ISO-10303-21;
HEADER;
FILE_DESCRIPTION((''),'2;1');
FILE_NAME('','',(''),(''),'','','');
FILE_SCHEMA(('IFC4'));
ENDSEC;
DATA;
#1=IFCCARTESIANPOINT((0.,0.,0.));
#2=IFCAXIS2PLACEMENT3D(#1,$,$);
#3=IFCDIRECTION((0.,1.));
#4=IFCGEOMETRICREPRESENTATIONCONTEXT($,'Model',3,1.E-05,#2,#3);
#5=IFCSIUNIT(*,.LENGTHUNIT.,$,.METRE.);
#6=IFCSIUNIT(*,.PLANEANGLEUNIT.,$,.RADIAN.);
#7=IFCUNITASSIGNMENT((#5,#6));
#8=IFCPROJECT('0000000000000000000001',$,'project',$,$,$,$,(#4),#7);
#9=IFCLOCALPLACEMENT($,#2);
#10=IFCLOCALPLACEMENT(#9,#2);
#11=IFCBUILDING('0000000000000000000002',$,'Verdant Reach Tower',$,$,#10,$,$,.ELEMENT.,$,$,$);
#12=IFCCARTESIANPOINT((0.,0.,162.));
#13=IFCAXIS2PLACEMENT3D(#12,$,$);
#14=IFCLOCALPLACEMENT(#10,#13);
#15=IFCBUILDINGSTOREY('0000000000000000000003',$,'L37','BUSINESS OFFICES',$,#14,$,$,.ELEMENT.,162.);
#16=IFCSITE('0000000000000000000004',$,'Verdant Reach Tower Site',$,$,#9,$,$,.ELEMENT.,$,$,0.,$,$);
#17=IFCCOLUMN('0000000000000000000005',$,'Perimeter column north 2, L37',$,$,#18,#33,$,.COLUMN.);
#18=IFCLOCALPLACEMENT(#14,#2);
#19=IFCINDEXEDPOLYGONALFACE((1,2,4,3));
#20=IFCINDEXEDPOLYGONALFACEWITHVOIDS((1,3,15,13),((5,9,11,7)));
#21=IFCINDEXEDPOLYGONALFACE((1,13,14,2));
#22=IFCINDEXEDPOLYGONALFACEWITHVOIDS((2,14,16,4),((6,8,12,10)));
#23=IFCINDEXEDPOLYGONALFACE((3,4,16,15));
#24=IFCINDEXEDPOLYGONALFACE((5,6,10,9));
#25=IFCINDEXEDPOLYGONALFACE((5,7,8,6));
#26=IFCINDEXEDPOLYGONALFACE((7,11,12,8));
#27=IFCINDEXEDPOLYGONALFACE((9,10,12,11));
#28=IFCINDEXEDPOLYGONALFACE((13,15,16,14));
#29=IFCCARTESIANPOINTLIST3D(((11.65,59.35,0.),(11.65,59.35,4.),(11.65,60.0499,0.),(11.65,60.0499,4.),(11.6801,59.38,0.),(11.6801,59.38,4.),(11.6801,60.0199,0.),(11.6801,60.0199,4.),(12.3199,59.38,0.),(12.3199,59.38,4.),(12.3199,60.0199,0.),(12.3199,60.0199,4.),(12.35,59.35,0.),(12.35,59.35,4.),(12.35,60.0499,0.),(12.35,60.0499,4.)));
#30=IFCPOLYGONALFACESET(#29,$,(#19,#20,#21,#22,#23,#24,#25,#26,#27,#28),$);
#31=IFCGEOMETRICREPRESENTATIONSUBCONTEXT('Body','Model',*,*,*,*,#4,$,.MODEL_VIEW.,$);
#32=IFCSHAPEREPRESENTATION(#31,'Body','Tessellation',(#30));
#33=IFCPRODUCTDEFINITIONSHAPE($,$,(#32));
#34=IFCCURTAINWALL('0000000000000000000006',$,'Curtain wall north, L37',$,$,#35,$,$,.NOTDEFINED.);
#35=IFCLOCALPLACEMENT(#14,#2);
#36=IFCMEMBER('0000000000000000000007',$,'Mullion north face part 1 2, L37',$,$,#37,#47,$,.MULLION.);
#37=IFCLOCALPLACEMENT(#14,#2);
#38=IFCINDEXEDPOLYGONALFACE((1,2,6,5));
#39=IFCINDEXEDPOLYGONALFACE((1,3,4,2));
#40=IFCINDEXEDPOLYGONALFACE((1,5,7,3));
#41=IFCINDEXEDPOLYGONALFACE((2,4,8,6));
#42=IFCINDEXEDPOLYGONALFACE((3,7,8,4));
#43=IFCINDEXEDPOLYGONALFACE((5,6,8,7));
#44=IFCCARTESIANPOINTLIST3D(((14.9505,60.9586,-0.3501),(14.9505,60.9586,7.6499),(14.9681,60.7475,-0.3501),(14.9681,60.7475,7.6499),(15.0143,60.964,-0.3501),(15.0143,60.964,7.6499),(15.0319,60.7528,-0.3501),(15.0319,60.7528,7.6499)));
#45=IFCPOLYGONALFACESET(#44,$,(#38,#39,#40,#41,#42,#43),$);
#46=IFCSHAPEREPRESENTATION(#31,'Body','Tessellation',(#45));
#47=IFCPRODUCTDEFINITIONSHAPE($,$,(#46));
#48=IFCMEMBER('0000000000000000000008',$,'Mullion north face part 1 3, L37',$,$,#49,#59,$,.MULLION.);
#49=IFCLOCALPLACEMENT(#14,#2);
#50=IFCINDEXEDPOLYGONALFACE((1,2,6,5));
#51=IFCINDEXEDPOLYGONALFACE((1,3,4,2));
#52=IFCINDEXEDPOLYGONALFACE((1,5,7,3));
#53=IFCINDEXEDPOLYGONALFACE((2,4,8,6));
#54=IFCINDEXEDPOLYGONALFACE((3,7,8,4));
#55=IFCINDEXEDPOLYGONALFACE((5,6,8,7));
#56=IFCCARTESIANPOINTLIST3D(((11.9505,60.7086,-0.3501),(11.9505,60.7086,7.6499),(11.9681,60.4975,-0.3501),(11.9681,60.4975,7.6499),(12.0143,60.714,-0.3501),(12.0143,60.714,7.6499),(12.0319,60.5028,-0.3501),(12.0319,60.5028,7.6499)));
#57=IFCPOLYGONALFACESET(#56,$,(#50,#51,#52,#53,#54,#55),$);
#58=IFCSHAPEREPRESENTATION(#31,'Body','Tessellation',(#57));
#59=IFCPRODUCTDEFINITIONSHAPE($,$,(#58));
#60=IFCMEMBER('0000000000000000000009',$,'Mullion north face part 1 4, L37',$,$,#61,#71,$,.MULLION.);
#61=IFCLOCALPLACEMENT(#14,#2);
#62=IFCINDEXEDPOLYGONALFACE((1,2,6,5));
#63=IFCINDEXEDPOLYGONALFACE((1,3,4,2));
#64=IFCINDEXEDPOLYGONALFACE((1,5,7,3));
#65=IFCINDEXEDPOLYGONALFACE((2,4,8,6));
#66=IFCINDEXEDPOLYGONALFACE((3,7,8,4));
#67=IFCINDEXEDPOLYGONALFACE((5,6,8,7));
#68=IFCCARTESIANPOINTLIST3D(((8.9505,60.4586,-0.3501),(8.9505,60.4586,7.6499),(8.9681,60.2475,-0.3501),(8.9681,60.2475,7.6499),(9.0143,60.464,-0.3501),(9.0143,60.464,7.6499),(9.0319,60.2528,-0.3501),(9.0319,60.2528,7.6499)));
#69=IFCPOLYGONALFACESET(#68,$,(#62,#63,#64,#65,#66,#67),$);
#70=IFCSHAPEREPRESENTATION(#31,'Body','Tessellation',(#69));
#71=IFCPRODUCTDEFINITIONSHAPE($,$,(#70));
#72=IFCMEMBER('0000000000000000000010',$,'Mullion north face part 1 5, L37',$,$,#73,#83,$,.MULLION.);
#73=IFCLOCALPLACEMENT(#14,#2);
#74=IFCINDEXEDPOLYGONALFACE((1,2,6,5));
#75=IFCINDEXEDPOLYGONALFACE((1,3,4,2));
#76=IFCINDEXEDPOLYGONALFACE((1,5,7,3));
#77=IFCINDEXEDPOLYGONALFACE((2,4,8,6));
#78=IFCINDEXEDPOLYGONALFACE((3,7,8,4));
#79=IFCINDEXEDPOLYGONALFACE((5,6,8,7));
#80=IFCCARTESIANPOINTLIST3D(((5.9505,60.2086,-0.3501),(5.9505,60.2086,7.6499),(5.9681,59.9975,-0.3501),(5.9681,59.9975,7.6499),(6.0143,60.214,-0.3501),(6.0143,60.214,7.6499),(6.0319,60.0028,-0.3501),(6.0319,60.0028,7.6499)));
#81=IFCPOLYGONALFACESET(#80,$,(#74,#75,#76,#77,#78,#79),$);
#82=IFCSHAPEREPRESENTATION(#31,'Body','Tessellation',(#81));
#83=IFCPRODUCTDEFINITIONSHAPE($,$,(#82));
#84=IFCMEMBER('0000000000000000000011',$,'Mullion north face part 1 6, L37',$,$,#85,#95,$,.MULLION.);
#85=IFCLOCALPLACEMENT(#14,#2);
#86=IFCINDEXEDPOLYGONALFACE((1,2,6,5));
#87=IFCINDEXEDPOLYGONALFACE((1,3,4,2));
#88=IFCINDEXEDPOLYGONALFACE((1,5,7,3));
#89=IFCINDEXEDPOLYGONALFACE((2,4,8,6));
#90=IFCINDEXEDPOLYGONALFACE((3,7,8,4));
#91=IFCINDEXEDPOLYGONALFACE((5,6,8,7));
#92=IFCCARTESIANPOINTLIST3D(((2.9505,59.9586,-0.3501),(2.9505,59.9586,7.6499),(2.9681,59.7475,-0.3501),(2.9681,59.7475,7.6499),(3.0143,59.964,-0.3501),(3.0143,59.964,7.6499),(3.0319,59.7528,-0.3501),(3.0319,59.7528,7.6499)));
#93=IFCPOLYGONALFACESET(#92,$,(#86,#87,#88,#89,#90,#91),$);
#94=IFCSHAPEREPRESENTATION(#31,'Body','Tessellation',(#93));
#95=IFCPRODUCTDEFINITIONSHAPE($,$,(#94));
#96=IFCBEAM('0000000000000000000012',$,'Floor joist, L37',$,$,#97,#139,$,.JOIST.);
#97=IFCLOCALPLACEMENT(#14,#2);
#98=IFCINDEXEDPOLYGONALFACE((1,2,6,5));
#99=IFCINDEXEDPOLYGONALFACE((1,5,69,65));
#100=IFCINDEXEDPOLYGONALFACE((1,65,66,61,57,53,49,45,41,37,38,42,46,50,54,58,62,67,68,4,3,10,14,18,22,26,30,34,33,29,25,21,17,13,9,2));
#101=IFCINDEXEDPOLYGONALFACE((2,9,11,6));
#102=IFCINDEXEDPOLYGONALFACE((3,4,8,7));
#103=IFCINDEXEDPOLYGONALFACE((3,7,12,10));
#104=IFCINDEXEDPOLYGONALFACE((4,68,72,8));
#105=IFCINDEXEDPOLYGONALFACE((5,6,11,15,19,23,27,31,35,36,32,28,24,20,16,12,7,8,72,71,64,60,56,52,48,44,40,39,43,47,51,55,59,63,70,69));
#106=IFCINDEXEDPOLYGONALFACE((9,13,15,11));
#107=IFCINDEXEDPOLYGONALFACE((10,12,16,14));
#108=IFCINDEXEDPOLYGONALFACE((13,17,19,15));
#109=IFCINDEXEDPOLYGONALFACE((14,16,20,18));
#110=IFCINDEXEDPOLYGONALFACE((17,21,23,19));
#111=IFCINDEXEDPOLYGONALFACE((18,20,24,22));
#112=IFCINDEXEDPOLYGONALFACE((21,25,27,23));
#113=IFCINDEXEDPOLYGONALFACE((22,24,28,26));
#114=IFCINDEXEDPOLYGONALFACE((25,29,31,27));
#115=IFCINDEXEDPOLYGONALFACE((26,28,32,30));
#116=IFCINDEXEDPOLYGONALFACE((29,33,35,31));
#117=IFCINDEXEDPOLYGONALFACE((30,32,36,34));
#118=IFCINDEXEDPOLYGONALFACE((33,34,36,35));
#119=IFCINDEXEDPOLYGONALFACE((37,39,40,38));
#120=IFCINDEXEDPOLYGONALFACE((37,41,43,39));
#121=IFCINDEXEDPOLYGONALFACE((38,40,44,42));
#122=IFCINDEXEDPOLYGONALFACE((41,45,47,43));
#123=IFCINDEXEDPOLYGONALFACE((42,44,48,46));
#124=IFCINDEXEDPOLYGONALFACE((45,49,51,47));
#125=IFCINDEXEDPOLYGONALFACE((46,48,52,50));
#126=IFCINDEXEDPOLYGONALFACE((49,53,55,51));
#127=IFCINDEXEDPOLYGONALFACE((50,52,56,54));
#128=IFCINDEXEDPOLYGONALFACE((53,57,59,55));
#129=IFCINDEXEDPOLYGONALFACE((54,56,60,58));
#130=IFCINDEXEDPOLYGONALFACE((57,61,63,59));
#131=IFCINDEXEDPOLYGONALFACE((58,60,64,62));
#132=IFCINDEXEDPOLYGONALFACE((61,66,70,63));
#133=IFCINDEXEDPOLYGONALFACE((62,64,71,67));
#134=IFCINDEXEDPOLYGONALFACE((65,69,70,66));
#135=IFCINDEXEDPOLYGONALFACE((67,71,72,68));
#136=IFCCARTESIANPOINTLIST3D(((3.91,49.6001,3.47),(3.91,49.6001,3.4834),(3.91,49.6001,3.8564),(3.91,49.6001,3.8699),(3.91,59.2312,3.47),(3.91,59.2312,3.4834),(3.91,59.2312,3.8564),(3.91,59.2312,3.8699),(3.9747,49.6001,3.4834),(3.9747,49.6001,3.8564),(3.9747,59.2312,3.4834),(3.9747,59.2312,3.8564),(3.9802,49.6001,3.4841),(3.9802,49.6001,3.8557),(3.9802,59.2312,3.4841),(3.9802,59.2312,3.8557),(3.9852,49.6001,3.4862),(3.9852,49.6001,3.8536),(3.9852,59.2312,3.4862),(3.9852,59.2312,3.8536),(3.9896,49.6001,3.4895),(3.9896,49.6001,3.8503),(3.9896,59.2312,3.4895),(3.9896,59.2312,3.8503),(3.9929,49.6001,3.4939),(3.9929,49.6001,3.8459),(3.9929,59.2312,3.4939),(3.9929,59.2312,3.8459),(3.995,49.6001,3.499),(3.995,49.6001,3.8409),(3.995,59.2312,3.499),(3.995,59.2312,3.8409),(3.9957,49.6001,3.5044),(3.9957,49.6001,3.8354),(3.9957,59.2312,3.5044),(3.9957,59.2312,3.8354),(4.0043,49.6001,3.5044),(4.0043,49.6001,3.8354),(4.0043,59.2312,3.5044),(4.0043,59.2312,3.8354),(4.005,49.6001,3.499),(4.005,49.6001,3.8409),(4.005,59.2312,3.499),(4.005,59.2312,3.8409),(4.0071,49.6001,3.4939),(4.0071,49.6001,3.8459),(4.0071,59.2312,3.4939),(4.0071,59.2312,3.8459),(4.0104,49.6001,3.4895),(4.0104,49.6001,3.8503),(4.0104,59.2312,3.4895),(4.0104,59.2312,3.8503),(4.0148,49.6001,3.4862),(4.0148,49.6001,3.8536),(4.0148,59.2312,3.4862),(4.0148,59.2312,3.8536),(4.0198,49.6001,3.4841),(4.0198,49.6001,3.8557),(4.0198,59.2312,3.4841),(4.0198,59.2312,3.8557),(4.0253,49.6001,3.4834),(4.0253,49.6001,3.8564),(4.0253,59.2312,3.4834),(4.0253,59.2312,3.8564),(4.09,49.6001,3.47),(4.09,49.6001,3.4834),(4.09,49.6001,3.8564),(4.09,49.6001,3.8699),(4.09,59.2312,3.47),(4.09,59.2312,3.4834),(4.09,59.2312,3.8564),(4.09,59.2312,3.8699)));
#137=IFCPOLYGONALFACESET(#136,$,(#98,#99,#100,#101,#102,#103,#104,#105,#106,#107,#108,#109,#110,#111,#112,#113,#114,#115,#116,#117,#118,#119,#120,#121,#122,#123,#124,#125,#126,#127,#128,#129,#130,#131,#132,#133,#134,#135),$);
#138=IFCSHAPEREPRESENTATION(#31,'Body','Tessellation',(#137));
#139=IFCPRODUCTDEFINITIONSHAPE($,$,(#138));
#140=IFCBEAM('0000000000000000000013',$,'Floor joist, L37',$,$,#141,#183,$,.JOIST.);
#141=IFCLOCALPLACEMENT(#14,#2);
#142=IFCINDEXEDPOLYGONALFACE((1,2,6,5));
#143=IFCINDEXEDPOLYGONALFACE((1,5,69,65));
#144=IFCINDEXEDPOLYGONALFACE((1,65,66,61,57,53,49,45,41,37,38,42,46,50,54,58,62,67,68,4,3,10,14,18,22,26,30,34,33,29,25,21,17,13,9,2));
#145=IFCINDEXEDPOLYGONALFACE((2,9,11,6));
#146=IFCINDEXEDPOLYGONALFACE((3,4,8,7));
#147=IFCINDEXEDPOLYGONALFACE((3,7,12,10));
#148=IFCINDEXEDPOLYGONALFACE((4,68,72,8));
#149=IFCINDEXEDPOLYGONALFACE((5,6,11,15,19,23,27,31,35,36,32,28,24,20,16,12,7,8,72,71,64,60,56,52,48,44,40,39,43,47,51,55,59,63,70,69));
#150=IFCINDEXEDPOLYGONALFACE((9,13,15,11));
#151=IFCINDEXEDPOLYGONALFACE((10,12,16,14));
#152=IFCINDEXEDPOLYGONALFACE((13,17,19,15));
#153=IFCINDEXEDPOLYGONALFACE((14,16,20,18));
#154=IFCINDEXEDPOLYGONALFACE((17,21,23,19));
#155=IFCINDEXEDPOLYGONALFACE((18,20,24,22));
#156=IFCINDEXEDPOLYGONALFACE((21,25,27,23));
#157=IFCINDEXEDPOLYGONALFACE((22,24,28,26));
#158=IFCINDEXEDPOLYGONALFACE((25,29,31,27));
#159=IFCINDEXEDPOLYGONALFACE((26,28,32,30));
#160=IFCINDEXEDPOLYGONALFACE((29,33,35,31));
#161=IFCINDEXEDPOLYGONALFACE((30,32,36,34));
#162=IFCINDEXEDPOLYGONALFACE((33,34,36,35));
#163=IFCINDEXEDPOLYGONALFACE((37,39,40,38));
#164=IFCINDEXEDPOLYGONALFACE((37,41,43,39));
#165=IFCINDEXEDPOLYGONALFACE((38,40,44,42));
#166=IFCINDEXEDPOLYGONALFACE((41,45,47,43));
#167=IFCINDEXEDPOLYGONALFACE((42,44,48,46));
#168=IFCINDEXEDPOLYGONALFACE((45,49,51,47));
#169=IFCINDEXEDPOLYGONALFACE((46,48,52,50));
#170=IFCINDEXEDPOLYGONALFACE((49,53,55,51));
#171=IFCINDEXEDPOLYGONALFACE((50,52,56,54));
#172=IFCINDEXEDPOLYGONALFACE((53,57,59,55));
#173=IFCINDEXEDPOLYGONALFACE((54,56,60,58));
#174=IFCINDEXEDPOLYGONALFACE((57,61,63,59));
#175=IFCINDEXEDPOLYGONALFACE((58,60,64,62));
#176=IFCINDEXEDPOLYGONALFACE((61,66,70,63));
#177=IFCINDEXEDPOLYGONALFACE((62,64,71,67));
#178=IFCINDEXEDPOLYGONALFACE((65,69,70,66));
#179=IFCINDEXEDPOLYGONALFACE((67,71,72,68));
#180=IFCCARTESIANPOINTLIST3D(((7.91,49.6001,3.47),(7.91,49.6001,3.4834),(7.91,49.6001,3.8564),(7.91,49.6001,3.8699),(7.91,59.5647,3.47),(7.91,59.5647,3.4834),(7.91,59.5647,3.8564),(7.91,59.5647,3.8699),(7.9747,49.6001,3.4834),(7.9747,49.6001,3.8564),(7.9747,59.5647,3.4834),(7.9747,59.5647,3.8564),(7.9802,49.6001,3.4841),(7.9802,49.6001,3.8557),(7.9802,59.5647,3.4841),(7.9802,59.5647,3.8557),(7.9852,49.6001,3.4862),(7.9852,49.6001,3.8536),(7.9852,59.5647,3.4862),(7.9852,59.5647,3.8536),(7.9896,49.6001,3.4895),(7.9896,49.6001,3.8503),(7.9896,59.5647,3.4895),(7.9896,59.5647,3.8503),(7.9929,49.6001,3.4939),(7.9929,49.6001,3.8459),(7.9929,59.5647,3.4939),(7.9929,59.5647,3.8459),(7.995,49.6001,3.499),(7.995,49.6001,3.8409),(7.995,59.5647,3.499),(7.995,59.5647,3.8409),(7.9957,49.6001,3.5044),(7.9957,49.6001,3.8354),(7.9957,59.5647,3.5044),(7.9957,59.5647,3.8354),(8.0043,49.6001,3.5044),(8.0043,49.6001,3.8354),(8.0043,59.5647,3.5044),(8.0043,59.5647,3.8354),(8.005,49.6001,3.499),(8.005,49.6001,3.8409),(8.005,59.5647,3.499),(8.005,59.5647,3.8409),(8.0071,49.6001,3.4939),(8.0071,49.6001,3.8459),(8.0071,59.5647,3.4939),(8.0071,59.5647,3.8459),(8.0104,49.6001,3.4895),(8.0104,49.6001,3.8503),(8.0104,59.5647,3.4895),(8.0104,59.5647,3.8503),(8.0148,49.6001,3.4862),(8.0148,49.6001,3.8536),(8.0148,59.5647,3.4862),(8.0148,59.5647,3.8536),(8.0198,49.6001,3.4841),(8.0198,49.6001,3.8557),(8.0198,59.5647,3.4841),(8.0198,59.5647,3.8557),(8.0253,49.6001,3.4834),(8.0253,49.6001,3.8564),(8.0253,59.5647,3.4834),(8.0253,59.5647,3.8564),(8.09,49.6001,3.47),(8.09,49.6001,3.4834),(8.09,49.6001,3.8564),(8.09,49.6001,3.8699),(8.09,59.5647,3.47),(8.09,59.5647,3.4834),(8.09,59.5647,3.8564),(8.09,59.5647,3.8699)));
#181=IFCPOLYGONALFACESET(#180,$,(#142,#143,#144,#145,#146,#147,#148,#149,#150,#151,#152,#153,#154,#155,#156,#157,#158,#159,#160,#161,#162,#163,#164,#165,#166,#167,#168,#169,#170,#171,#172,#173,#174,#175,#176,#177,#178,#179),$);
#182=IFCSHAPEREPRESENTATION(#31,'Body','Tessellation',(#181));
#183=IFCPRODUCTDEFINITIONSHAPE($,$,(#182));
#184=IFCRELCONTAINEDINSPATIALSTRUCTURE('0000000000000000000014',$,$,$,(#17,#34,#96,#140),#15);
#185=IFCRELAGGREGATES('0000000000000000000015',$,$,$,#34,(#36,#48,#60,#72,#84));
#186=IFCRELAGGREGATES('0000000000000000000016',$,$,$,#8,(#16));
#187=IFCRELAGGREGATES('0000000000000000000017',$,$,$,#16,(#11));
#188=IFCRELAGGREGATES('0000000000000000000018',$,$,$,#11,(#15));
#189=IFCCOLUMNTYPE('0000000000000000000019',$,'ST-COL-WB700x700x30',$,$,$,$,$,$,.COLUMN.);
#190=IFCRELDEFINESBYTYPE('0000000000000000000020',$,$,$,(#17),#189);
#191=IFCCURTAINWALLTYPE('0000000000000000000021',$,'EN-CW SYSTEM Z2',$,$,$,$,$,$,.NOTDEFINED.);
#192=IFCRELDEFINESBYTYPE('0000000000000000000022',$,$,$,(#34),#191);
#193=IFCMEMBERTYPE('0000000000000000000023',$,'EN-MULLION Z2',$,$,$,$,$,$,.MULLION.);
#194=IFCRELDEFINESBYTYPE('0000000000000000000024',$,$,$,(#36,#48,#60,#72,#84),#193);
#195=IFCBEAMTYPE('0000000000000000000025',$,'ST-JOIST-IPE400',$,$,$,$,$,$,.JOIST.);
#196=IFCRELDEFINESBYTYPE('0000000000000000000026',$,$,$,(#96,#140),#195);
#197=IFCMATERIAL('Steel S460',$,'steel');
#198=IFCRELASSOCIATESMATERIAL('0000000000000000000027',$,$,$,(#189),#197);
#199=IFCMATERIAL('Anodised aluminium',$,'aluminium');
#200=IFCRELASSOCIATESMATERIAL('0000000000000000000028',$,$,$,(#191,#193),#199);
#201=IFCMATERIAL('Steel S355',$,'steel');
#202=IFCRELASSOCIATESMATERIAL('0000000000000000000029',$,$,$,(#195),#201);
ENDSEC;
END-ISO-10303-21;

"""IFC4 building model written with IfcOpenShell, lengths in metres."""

from ifc_helpers import new_model, si_unit, direction, frame, origin, origin_2d, place, context, subcontext, project, spatial, rectangle, hollow_rectangle, i_section, extrude, material, material_profile, profile_set, type_object, element, aggregate, save


model = new_model("IFC4")

# Units and contexts
model_context = context("Model", 3, precision=1e-05, world=origin(), true_north=direction((0.0, 1.0)))
body_context = subcontext(model_context, "Body", "Model", "MODEL_VIEW")
ifc_project = project(units=[si_unit("LENGTHUNIT", "METRE"), si_unit("PLANEANGLEUNIT", "RADIAN")], contexts=[model_context])

# Site, building, storey
site_placement = place(None, origin())
site = spatial("IfcSite", under=ifc_project, at=site_placement, Name="Verdant Reach Tower Site", CompositionType="ELEMENT", RefElevation=0.0)
building_placement = place(site_placement, origin())
building = spatial("IfcBuilding", under=site, at=building_placement, Name="Verdant Reach Tower", CompositionType="ELEMENT")
storey_placement = place(building_placement, frame((0.0, 0.0, 162.0)))
storey = spatial("IfcBuildingStorey", under=building, at=storey_placement, Name="L37", Description="BUSINESS OFFICES", CompositionType="ELEMENT", Elevation=162.0)

# Column
ifc_material_1 = material(Name="Steel S460", Category="steel")
ifc_material_profile_1 = material_profile(ifc_material_1, hollow_rectangle(XDim=0.7, YDim=0.7, WallThickness=0.03, at=origin_2d()), Name="WB 700x700x30")
ifc_profile_set_1 = profile_set([ifc_material_profile_1], Name="Steel S460")
column_type = type_object("IfcColumnType", Name="ST-COL-WB700x700x30", PredefinedType="COLUMN", material=ifc_profile_set_1)
column_placement = place(storey_placement, frame((12.0, 59.7, 0.0), z_axis=(0.0, 0.0, 1.0), x_axis=(1.0, 0.0, 0.0)))
element("IfcColumn", 1, at=column_placement, inside=storey, type_object=column_type, Name="Perimeter column north 2, L37", PredefinedType="COLUMN", context=body_context, shape_type="SweptSolid", body=[
    extrude(hollow_rectangle(XDim=0.7, YDim=0.7, WallThickness=0.03, at=origin_2d()), origin(), (0.0, 0.0, 1.0), 4.0),
])

# Curtain wall, members
ifc_material_2 = material(Name="Anodised aluminium", Category="aluminium")
curtain_wall_type = type_object("IfcCurtainWallType", Name="EN-CW SYSTEM Z2", PredefinedType="NOTDEFINED", material=ifc_material_2)
curtain_wall_placement = place(storey_placement, origin())
curtain_wall = element("IfcCurtainWall", 2, at=curtain_wall_placement, inside=storey, type_object=curtain_wall_type, Name="Curtain wall north, L37", PredefinedType="NOTDEFINED")
ifc_material_profile_2 = material_profile(ifc_material_2, rectangle(XDim=0.2119, YDim=0.064, at=origin_2d()), Name="Mullion 64x212")
ifc_profile_set_2 = profile_set([ifc_material_profile_2], Name="Anodised aluminium")
member_type = type_object("IfcMemberType", Name="EN-MULLION Z2", PredefinedType="MULLION", material=ifc_profile_set_2)
member_1_placement = place(storey_placement, frame((14.9912, 60.8557, -0.3501), z_axis=(0.0, 0.0, 1.0), x_axis=(-0.083045, 0.996546, 0.0)))
member_1 = element("IfcMember", 3, at=member_1_placement, type_object=member_type, Name="Mullion north face part 1 2, L37", PredefinedType="MULLION", context=body_context, shape_type="SweptSolid", body=[
    extrude(rectangle(XDim=0.2119, YDim=0.064, at=origin_2d()), origin(), (0.0, 0.0, 1.0), 8.0),
])
member_2_placement = place(storey_placement, frame((11.9912, 60.6057, -0.3501), z_axis=(0.0, 0.0, 1.0), x_axis=(-0.083045, 0.996546, 0.0)))
member_2 = element("IfcMember", 4, at=member_2_placement, type_object=member_type, Name="Mullion north face part 1 3, L37", PredefinedType="MULLION", context=body_context, shape_type="SweptSolid", body=[
    extrude(rectangle(XDim=0.2119, YDim=0.064, at=origin_2d()), origin(), (0.0, 0.0, 1.0), 8.0),
])
member_3_placement = place(storey_placement, frame((8.9912, 60.3557, -0.3501), z_axis=(0.0, 0.0, 1.0), x_axis=(-0.083045, 0.996546, 0.0)))
member_3 = element("IfcMember", 5, at=member_3_placement, type_object=member_type, Name="Mullion north face part 1 4, L37", PredefinedType="MULLION", context=body_context, shape_type="SweptSolid", body=[
    extrude(rectangle(XDim=0.2119, YDim=0.064, at=origin_2d()), origin(), (0.0, 0.0, 1.0), 8.0),
])
member_4_placement = place(storey_placement, frame((5.9912, 60.1057, -0.3501), z_axis=(0.0, 0.0, 1.0), x_axis=(-0.083045, 0.996546, 0.0)))
member_4 = element("IfcMember", 6, at=member_4_placement, type_object=member_type, Name="Mullion north face part 1 5, L37", PredefinedType="MULLION", context=body_context, shape_type="SweptSolid", body=[
    extrude(rectangle(XDim=0.2119, YDim=0.064, at=origin_2d()), origin(), (0.0, 0.0, 1.0), 8.0),
])
member_5_placement = place(storey_placement, frame((2.9912, 59.8557, -0.3501), z_axis=(0.0, 0.0, 1.0), x_axis=(-0.083045, 0.996546, 0.0)))
member_5 = element("IfcMember", 7, at=member_5_placement, type_object=member_type, Name="Mullion north face part 1 6, L37", PredefinedType="MULLION", context=body_context, shape_type="SweptSolid", body=[
    extrude(rectangle(XDim=0.2119, YDim=0.064, at=origin_2d()), origin(), (0.0, 0.0, 1.0), 8.0),
])

# Beams
ifc_material_3 = material(Name="Steel S355", Category="steel")
ifc_material_profile_3 = material_profile(ifc_material_3, i_section(OverallWidth=0.1799, OverallDepth=0.3999, WebThickness=0.0085, FlangeThickness=0.0134, FilletRadius=0.021, at=origin_2d()), Name="IPE 400")
ifc_profile_set_3 = profile_set([ifc_material_profile_3], Name="Steel S355")
beam_type = type_object("IfcBeamType", Name="ST-JOIST-IPE400", PredefinedType="JOIST", material=ifc_profile_set_3)
beam_1_placement = place(storey_placement, frame((4.0, 49.6001, 3.6699), z_axis=(0.0, 1.0, 0.0), x_axis=(-1.0, 0.0, 0.0)))
element("IfcBeam", 8, at=beam_1_placement, inside=storey, type_object=beam_type, Name="Floor joist, L37", PredefinedType="JOIST", context=body_context, shape_type="SweptSolid", body=[
    extrude(i_section(OverallWidth=0.1799, OverallDepth=0.3999, WebThickness=0.0085, FlangeThickness=0.0134, FilletRadius=0.021, at=origin_2d()), origin(), (0.0, 0.0, 1.0), 9.6311),
])
beam_2_placement = place(storey_placement, frame((8.0, 49.6001, 3.6699), z_axis=(0.0, 1.0, 0.0), x_axis=(-1.0, 0.0, 0.0)))
element("IfcBeam", 9, at=beam_2_placement, inside=storey, type_object=beam_type, Name="Floor joist, L37", PredefinedType="JOIST", context=body_context, shape_type="SweptSolid", body=[
    extrude(i_section(OverallWidth=0.1799, OverallDepth=0.3999, WebThickness=0.0085, FlangeThickness=0.0134, FilletRadius=0.021, at=origin_2d()), origin(), (0.0, 0.0, 1.0), 9.9646),
])

aggregate(curtain_wall, [member_1, member_2, member_3, member_4, member_5])

save(model, "model.ifc")
